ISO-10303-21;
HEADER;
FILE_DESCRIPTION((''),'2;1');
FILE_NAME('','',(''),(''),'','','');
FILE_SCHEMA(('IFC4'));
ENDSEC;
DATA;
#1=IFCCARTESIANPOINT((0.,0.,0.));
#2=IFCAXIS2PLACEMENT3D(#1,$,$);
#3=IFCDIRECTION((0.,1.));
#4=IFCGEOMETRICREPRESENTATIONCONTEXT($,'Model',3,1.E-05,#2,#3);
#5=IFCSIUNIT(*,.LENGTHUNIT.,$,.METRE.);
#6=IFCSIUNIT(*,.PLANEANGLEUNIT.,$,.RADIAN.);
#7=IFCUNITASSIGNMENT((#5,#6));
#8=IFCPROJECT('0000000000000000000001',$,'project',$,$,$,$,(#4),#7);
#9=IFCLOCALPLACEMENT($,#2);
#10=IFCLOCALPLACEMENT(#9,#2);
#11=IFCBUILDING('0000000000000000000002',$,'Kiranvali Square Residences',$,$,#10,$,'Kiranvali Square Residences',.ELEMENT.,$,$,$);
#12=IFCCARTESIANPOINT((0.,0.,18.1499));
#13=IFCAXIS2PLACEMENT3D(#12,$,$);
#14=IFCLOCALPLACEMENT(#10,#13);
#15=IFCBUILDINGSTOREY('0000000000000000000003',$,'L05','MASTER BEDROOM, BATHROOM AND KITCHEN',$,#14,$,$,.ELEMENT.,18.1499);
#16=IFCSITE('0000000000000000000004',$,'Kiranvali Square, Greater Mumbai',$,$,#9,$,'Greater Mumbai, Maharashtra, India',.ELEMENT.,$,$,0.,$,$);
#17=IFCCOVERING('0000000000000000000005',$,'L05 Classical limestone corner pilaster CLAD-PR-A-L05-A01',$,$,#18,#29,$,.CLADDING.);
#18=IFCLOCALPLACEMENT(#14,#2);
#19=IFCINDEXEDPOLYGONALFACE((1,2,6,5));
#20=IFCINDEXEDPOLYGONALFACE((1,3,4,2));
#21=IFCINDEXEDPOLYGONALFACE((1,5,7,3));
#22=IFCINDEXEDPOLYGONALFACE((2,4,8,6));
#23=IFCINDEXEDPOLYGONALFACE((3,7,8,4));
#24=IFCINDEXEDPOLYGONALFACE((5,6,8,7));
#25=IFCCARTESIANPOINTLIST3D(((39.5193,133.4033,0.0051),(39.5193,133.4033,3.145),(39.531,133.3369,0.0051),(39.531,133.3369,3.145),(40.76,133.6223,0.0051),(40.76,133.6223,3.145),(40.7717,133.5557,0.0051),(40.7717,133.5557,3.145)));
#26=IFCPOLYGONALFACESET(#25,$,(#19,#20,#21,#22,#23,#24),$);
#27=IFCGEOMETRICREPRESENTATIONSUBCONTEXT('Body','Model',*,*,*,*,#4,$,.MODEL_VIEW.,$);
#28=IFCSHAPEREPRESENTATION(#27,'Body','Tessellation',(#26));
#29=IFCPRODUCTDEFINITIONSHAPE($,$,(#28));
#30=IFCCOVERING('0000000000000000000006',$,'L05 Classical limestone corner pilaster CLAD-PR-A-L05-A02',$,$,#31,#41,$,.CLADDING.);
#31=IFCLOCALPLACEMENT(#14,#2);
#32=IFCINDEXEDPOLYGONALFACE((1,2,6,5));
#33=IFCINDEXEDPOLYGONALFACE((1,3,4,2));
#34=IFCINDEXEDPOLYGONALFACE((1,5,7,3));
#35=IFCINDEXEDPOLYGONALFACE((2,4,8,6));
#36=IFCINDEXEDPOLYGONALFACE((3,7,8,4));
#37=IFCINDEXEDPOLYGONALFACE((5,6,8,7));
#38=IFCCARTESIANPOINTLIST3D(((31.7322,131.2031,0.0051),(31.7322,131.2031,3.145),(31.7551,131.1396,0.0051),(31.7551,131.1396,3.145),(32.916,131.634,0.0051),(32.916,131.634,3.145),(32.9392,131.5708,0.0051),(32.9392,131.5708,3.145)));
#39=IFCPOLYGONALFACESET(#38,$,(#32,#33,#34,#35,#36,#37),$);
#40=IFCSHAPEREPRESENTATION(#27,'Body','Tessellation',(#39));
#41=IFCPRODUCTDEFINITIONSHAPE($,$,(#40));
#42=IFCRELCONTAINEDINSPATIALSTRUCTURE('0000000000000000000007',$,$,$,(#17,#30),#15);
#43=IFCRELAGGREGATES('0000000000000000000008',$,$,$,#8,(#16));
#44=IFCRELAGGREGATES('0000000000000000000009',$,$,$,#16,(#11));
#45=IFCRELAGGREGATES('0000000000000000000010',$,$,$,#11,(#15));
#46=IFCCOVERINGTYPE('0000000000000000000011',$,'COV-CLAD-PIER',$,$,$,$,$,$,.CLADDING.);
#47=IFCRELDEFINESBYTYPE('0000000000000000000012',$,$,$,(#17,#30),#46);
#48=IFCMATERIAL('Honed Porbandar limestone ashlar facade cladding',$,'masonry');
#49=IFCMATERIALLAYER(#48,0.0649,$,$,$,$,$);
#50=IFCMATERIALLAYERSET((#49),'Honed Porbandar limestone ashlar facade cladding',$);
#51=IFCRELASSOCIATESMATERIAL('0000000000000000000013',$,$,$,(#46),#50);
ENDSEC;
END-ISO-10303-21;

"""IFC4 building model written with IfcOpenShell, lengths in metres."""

from ifc_helpers import new_model, si_unit, direction, frame, origin, place, context, subcontext, project, spatial, polyline, outline, extrude, material, layer, layer_set, type_object, element, save


model = new_model("IFC4")

# Units and contexts
model_context = context("Model", 3, precision=1e-05, world=origin(), true_north=direction((0.0, 1.0)))
body_context = subcontext(model_context, "Body", "Model", "MODEL_VIEW")
ifc_project = project(units=[si_unit("LENGTHUNIT", "METRE"), si_unit("PLANEANGLEUNIT", "RADIAN")], contexts=[model_context])

# Site, building, storey
site_placement = place(None, origin())
site = spatial("IfcSite", under=ifc_project, at=site_placement, Name="Kiranvali Square, Greater Mumbai", LongName="Greater Mumbai, Maharashtra, India", CompositionType="ELEMENT", RefElevation=0.0)
building_placement = place(site_placement, origin())
building = spatial("IfcBuilding", under=site, at=building_placement, Name="Kiranvali Square Residences", LongName="Kiranvali Square Residences", CompositionType="ELEMENT")
storey_placement = place(building_placement, frame((0.0, 0.0, 18.1499)))
storey = spatial("IfcBuildingStorey", under=building, at=storey_placement, Name="L05", Description="MASTER BEDROOM, BATHROOM AND KITCHEN", CompositionType="ELEMENT", Elevation=18.1499)

# Coverings
ifc_material_1 = material(Name="Honed Porbandar limestone ashlar facade cladding", Category="masonry")
ifc_layer_1 = layer(ifc_material_1, 0.0649)
ifc_layer_set_1 = layer_set([ifc_layer_1], Name="Honed Porbandar limestone ashlar facade cladding")
covering_type_1 = type_object("IfcCoveringType", Name="COV-CLAD-PIER", PredefinedType="CLADDING", material=ifc_layer_set_1)
covering_1_placement = place(storey_placement, frame((0.0, 0.0, 0.0051)))
element("IfcCovering", 1, at=covering_1_placement, inside=storey, type_object=covering_type_1, Name="L05 Classical limestone corner pilaster CLAD-PR-A-L05-A01", PredefinedType="CLADDING", context=body_context, shape_type="SweptSolid", body=[
    extrude(outline(polyline([(40.76, 133.6223), (39.5193, 133.4033), (39.531, 133.3369), (40.7717, 133.5557), (40.76, 133.6223)])), origin(), (0.0, 0.0, 1.0), 3.1399),
])
covering_2_placement = place(storey_placement, frame((0.0, 0.0, 0.0051)))
element("IfcCovering", 2, at=covering_2_placement, inside=storey, type_object=covering_type_1, Name="L05 Classical limestone corner pilaster CLAD-PR-A-L05-A02", PredefinedType="CLADDING", context=body_context, shape_type="SweptSolid", body=[
    extrude(outline(polyline([(32.916, 131.634), (31.7322, 131.2031), (31.7551, 131.1396), (32.9392, 131.5708), (32.916, 131.634)])), origin(), (0.0, 0.0, 1.0), 3.1399),
])

save(model, "model.ifc")
